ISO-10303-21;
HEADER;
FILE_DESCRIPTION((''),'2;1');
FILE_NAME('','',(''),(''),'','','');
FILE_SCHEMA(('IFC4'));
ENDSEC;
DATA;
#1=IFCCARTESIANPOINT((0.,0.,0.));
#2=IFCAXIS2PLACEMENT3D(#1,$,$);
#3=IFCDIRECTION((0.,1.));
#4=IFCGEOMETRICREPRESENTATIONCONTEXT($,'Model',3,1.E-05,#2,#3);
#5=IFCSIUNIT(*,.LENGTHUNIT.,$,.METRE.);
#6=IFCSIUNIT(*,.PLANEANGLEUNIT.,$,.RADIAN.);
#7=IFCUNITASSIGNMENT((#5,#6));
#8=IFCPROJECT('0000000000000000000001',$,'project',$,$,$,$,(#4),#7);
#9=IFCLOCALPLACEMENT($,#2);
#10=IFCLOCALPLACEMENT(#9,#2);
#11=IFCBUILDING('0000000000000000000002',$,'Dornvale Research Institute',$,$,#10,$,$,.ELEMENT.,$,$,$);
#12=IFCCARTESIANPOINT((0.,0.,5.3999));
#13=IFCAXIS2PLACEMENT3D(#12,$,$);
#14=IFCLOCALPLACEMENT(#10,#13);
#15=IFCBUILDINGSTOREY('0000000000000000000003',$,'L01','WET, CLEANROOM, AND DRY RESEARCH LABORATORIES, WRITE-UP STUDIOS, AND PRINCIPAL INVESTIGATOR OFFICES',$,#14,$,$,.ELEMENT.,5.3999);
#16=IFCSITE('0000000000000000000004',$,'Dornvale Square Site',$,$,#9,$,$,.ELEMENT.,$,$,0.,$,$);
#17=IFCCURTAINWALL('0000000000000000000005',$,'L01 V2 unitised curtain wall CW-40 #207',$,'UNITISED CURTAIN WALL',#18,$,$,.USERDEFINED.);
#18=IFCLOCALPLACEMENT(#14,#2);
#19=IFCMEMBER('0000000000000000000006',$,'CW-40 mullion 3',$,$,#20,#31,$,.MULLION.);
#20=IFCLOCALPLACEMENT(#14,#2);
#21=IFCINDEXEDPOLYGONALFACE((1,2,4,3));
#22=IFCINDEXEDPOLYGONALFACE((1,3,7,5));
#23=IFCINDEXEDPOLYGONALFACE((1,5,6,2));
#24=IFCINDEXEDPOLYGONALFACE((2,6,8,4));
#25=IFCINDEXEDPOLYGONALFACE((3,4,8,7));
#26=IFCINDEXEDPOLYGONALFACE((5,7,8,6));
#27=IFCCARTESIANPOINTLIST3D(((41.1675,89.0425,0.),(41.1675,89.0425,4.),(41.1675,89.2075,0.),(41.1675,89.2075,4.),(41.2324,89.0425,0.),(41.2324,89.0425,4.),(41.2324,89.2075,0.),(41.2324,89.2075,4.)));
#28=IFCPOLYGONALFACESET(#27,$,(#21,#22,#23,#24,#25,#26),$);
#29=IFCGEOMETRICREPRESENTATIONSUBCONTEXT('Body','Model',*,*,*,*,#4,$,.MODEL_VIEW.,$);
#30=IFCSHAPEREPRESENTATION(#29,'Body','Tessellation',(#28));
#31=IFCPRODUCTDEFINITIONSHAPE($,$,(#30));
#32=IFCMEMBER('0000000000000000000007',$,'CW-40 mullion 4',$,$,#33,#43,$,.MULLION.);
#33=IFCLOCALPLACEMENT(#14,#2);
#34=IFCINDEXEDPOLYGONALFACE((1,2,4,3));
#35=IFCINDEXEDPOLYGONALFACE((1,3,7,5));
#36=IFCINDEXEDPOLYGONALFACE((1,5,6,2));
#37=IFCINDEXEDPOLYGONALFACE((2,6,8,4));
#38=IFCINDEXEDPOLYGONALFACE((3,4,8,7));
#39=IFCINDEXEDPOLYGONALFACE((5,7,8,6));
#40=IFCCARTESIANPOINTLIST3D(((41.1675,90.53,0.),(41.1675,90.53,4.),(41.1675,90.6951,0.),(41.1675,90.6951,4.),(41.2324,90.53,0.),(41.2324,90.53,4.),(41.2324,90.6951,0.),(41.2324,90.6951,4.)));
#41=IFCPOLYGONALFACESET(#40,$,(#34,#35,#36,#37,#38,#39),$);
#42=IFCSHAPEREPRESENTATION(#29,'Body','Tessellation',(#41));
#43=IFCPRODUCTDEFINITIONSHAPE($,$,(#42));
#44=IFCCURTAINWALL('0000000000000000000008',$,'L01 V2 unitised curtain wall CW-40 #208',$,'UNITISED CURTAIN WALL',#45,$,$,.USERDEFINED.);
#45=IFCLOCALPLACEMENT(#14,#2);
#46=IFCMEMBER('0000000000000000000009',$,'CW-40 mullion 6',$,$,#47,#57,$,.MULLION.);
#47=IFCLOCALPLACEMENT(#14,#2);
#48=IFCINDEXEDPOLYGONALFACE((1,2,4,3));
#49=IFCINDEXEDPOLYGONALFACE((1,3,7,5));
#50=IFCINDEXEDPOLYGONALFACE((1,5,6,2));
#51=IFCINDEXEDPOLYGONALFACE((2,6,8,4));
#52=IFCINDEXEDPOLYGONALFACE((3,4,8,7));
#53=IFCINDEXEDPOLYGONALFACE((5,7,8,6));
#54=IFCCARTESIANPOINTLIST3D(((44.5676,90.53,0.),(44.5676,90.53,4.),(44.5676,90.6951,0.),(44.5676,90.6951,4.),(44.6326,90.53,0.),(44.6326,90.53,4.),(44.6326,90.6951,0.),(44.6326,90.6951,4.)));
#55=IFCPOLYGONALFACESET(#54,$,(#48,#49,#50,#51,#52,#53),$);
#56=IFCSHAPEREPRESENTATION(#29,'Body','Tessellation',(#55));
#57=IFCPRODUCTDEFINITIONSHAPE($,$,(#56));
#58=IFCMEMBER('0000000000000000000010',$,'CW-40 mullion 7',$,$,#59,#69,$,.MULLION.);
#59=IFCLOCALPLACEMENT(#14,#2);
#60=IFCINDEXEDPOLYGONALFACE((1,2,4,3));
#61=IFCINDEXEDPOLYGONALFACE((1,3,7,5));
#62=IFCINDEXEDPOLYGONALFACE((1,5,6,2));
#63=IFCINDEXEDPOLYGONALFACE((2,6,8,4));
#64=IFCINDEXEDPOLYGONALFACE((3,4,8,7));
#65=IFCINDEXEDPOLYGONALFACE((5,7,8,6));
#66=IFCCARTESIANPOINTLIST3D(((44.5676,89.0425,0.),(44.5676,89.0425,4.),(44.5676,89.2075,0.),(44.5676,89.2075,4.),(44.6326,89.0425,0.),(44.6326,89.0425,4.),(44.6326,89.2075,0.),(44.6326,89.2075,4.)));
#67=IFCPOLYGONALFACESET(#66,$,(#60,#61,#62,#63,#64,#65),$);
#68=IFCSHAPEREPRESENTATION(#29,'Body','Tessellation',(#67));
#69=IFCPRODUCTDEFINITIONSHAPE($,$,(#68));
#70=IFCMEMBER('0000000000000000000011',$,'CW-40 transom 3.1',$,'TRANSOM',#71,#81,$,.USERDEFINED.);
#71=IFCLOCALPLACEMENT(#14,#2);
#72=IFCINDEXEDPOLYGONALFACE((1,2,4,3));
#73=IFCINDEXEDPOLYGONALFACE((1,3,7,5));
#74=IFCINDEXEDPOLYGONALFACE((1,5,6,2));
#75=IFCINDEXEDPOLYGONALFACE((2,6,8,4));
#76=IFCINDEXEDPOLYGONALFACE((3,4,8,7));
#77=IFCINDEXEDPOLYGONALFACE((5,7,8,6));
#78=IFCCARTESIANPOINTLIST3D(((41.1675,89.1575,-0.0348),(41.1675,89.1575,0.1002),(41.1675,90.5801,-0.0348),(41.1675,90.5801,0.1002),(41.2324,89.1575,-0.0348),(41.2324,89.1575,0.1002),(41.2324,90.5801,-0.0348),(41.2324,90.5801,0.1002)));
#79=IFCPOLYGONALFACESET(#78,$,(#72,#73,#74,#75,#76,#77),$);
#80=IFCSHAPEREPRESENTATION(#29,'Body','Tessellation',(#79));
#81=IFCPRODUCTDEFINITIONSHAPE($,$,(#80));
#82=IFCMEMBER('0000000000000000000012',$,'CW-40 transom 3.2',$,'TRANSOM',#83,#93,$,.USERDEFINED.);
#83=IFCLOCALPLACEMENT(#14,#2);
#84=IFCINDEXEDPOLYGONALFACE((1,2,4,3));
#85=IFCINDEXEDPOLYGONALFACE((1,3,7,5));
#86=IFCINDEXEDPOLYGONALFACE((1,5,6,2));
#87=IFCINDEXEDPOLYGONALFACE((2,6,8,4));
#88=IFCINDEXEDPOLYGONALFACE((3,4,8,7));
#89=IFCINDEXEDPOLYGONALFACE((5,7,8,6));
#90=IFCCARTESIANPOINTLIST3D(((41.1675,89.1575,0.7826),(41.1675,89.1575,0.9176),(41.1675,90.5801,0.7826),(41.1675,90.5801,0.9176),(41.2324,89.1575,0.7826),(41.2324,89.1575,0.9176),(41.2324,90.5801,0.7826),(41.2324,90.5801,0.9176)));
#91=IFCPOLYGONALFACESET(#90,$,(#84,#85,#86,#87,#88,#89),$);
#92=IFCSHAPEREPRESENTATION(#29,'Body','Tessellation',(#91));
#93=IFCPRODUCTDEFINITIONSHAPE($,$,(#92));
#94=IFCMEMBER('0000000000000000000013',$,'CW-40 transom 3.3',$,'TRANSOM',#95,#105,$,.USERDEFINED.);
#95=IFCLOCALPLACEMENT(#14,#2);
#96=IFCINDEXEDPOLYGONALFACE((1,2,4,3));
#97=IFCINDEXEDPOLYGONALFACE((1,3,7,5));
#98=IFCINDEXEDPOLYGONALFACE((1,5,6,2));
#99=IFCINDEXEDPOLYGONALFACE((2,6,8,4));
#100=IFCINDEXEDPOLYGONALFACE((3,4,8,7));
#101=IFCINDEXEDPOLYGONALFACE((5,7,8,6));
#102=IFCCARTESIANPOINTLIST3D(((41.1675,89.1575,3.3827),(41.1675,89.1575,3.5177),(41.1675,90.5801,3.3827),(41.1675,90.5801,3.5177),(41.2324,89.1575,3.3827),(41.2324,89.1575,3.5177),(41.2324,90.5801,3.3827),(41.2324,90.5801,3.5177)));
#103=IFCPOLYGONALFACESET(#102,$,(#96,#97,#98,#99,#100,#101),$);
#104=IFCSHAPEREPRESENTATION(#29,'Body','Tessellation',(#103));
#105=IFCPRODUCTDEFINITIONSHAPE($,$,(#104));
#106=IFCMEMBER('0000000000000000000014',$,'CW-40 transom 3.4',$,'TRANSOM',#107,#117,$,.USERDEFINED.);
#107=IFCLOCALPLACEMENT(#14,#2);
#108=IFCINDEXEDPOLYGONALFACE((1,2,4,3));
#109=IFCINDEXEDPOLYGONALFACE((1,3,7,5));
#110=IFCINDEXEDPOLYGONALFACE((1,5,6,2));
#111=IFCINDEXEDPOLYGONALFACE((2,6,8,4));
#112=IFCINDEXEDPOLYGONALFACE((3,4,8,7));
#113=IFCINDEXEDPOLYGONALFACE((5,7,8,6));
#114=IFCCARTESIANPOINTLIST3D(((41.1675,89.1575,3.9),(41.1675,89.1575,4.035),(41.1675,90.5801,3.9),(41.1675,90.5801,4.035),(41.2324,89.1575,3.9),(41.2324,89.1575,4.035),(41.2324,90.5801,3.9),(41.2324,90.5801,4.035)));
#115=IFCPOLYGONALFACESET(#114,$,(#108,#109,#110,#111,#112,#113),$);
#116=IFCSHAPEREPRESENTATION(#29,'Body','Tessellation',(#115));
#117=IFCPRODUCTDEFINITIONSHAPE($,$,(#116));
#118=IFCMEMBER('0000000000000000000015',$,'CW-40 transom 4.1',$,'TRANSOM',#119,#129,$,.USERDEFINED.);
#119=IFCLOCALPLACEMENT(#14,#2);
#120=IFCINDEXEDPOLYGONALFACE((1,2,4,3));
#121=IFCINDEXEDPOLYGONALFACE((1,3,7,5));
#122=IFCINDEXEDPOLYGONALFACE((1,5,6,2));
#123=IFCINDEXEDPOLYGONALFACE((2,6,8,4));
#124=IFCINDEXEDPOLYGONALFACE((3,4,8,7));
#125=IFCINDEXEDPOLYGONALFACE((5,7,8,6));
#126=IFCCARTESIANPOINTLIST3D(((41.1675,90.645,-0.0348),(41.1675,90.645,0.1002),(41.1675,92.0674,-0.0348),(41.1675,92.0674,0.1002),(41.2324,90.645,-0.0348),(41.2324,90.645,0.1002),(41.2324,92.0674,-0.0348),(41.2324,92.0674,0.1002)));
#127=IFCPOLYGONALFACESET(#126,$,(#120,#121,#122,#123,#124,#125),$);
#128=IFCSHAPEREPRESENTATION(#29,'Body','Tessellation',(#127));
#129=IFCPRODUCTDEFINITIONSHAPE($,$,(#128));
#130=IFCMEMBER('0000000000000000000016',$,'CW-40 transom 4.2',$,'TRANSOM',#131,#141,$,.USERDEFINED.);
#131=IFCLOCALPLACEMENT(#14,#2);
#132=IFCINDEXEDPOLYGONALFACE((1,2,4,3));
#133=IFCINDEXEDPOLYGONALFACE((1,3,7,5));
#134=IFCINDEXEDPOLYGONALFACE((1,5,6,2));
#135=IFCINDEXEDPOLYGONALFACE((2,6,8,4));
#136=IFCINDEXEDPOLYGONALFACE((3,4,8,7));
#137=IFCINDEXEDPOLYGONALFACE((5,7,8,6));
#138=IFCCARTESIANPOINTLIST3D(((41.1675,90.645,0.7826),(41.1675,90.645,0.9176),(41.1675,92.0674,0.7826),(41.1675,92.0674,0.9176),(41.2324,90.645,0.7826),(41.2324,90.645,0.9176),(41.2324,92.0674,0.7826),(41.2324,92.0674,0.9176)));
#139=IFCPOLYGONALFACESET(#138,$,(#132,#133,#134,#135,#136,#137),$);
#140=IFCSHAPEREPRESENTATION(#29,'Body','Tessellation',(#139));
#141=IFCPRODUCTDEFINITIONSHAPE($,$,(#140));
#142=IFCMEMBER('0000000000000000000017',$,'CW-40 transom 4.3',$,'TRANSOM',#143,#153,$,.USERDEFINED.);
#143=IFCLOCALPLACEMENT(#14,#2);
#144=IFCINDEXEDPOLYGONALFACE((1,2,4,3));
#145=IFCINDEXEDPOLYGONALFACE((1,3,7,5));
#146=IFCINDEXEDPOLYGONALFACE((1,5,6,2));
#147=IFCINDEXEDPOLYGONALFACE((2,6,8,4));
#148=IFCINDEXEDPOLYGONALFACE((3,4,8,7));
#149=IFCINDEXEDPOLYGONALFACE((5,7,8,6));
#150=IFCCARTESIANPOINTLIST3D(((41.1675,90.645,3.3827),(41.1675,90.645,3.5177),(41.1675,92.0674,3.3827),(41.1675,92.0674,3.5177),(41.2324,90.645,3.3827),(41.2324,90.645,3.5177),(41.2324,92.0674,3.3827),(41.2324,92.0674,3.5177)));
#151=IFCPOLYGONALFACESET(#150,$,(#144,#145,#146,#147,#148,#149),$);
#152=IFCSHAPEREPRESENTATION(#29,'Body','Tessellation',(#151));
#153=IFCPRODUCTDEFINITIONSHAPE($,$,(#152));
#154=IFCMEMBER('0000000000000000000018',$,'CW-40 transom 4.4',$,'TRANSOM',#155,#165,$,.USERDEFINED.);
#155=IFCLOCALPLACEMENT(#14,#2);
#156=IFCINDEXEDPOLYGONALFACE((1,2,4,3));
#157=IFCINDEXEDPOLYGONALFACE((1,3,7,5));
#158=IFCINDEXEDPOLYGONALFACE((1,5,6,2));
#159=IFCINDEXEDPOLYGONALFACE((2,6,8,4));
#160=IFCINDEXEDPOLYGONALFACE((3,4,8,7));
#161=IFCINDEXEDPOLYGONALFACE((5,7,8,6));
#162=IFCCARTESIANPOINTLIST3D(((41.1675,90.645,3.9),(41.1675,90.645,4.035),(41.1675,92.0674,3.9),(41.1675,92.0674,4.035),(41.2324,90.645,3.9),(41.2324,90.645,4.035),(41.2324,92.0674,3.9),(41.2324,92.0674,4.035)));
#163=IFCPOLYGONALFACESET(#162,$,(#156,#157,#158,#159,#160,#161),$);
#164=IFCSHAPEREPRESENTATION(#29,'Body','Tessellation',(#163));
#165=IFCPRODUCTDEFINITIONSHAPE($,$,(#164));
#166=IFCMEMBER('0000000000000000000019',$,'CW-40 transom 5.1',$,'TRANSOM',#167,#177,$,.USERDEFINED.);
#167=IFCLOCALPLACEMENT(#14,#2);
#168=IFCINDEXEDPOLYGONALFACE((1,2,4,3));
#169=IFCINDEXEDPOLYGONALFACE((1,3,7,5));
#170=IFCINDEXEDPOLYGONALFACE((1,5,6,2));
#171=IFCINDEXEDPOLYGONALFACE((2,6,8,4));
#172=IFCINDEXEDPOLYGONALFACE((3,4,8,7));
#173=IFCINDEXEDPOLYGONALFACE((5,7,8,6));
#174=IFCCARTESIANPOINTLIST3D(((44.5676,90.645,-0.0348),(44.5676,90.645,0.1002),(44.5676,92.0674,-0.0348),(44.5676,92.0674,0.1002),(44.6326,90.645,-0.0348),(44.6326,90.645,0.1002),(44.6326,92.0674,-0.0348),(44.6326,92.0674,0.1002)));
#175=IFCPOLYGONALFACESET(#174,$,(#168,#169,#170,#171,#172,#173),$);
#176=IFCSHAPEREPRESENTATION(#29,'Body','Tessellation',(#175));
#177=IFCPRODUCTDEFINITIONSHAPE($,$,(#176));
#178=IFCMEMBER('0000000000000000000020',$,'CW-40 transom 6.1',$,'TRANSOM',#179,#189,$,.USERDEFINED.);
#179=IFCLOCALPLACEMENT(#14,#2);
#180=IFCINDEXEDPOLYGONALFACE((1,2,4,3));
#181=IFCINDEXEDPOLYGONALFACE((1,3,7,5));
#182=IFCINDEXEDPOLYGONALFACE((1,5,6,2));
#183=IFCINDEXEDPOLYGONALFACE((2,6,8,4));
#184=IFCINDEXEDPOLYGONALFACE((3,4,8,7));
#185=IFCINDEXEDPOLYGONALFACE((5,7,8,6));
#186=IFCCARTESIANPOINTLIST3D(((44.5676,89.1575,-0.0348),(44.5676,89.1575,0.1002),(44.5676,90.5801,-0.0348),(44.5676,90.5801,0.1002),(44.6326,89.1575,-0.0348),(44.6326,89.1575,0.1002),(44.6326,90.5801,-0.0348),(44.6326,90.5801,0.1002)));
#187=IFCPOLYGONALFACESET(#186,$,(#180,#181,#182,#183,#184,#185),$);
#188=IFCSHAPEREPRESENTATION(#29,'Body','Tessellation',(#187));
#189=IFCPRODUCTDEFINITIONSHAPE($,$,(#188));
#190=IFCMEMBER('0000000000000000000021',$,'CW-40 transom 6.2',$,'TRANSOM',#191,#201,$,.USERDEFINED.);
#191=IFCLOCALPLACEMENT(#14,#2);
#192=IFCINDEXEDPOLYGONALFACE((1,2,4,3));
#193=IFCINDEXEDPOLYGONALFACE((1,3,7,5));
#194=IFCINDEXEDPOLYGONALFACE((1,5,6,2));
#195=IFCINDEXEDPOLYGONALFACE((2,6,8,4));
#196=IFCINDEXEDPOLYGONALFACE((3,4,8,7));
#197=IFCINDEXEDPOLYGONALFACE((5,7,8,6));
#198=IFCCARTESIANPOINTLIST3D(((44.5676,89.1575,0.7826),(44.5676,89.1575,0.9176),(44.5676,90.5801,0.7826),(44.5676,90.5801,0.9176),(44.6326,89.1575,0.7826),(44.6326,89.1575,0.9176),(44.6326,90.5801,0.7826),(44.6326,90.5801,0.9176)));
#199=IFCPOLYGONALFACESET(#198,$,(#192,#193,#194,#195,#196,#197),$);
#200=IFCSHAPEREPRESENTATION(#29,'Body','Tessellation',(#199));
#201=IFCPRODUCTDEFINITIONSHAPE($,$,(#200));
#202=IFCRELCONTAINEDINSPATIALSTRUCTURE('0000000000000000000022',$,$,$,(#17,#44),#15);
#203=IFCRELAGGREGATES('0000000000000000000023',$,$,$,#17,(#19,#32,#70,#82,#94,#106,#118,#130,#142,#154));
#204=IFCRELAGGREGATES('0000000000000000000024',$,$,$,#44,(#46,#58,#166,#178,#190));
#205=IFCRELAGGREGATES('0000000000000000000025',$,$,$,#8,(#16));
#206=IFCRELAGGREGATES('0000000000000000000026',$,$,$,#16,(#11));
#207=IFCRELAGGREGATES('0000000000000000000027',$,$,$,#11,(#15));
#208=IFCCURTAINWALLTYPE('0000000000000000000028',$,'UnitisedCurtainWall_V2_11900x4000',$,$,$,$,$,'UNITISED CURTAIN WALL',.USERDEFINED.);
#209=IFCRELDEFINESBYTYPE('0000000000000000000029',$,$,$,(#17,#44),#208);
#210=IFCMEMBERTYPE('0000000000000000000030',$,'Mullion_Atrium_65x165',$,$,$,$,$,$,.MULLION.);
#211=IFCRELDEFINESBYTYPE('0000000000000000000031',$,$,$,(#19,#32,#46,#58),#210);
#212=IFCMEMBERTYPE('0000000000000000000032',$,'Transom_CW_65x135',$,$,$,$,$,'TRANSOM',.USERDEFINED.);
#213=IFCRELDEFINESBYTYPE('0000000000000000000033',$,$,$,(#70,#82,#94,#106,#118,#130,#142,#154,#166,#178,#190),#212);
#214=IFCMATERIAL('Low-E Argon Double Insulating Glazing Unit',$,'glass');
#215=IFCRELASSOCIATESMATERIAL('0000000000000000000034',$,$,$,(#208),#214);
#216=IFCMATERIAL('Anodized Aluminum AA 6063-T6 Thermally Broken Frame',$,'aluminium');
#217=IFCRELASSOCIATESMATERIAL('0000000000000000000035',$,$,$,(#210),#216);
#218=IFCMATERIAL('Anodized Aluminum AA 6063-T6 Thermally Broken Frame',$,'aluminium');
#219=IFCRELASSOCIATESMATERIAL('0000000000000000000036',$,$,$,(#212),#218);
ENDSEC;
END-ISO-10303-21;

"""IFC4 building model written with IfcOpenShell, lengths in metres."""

from ifc_helpers import new_model, si_unit, direction, frame, origin, origin_2d, place, context, subcontext, project, spatial, rectangle, extrude, material, material_profile, profile_set, type_object, element, aggregate, save


model = new_model("IFC4")

# Units and contexts
model_context = context("Model", 3, precision=1e-05, world=origin(), true_north=direction((0.0, 1.0)))
body_context = subcontext(model_context, "Body", "Model", "MODEL_VIEW")
ifc_project = project(units=[si_unit("LENGTHUNIT", "METRE"), si_unit("PLANEANGLEUNIT", "RADIAN")], contexts=[model_context])

# Site, building, storey
site_placement = place(None, origin())
site = spatial("IfcSite", under=ifc_project, at=site_placement, Name="Dornvale Square Site", CompositionType="ELEMENT", RefElevation=0.0)
building_placement = place(site_placement, origin())
building = spatial("IfcBuilding", under=site, at=building_placement, Name="Dornvale Research Institute", CompositionType="ELEMENT")
storey_placement = place(building_placement, frame((0.0, 0.0, 5.3999)))
storey = spatial("IfcBuildingStorey", under=building, at=storey_placement, Name="L01", Description="WET, CLEANROOM, AND DRY RESEARCH LABORATORIES, WRITE-UP STUDIOS, AND PRINCIPAL INVESTIGATOR OFFICES", CompositionType="ELEMENT", Elevation=5.3999)

# Curtain walls, members
ifc_material_1 = material(Name="Low-E Argon Double Insulating Glazing Unit", Category="glass")
curtain_wall_type = type_object("IfcCurtainWallType", Name="UnitisedCurtainWall_V2_11900x4000", ElementType="UNITISED CURTAIN WALL", PredefinedType="USERDEFINED", material=ifc_material_1)
curtain_wall_1_placement = place(storey_placement, origin())
curtain_wall_1 = element("IfcCurtainWall", 1, at=curtain_wall_1_placement, inside=storey, type_object=curtain_wall_type, Name="L01 V2 unitised curtain wall CW-40 #207", ObjectType="UNITISED CURTAIN WALL", PredefinedType="USERDEFINED")
ifc_material_2 = material(Name="Anodized Aluminum AA 6063-T6 Thermally Broken Frame", Category="aluminium")
ifc_material_profile_1 = material_profile(ifc_material_2, rectangle(XDim=0.0649, YDim=0.165, at=origin_2d()), Name="ALU MULLION 65x165")
ifc_profile_set_1 = profile_set([ifc_material_profile_1], Name="Anodized Aluminum AA 6063-T6 Thermally Broken Frame")
member_type_1 = type_object("IfcMemberType", Name="Mullion_Atrium_65x165", PredefinedType="MULLION", material=ifc_profile_set_1)
member_1_placement = place(storey_placement, frame((41.2, 89.125, 0.0), z_axis=(0.0, 0.0, 1.0), x_axis=(-1.0, 0.0, 0.0)))
member_1 = element("IfcMember", 2, at=member_1_placement, type_object=member_type_1, Name="CW-40 mullion 3", PredefinedType="MULLION", context=body_context, shape_type="SweptSolid", body=[
    extrude(rectangle(XDim=0.0649, YDim=0.165, at=origin_2d()), origin(), (0.0, 0.0, 1.0), 4.0),
])
member_2_placement = place(storey_placement, frame((41.2, 90.6125, 0.0), z_axis=(0.0, 0.0, 1.0), x_axis=(-1.0, 0.0, 0.0)))
member_2 = element("IfcMember", 3, at=member_2_placement, type_object=member_type_1, Name="CW-40 mullion 4", PredefinedType="MULLION", context=body_context, shape_type="SweptSolid", body=[
    extrude(rectangle(XDim=0.0649, YDim=0.165, at=origin_2d()), origin(), (0.0, 0.0, 1.0), 4.0),
])
curtain_wall_2_placement = place(storey_placement, origin())
curtain_wall_2 = element("IfcCurtainWall", 4, at=curtain_wall_2_placement, inside=storey, type_object=curtain_wall_type, Name="L01 V2 unitised curtain wall CW-40 #208", ObjectType="UNITISED CURTAIN WALL", PredefinedType="USERDEFINED")
member_3_placement = place(storey_placement, frame((44.6001, 90.6125, 0.0), z_axis=(0.0, 0.0, 1.0), x_axis=(1.0, 0.0, 0.0)))
member_3 = element("IfcMember", 5, at=member_3_placement, type_object=member_type_1, Name="CW-40 mullion 6", PredefinedType="MULLION", context=body_context, shape_type="SweptSolid", body=[
    extrude(rectangle(XDim=0.0649, YDim=0.165, at=origin_2d()), origin(), (0.0, 0.0, 1.0), 4.0),
])
member_4_placement = place(storey_placement, frame((44.6001, 89.125, 0.0), z_axis=(0.0, 0.0, 1.0), x_axis=(1.0, 0.0, 0.0)))
member_4 = element("IfcMember", 6, at=member_4_placement, type_object=member_type_1, Name="CW-40 mullion 7", PredefinedType="MULLION", context=body_context, shape_type="SweptSolid", body=[
    extrude(rectangle(XDim=0.0649, YDim=0.165, at=origin_2d()), origin(), (0.0, 0.0, 1.0), 4.0),
])

# Members
ifc_material_3 = material(Name="Anodized Aluminum AA 6063-T6 Thermally Broken Frame", Category="aluminium")
ifc_material_profile_2 = material_profile(ifc_material_3, rectangle(XDim=0.0649, YDim=0.135, at=origin_2d()), Name="ALU TRANSOM 65x135")
ifc_profile_set_2 = profile_set([ifc_material_profile_2], Name="Anodized Aluminum AA 6063-T6 Thermally Broken Frame")
member_type_2 = type_object("IfcMemberType", Name="Transom_CW_65x135", ElementType="TRANSOM", PredefinedType="USERDEFINED", material=ifc_profile_set_2)
member_5_placement = place(storey_placement, frame((41.2, 89.1575, 0.0327), z_axis=(0.0, 1.0, 0.0), x_axis=(-1.0, 0.0, 0.0)))
member_5 = element("IfcMember", 7, at=member_5_placement, type_object=member_type_2, Name="CW-40 transom 3.1", ObjectType="TRANSOM", PredefinedType="USERDEFINED", context=body_context, shape_type="SweptSolid", body=[
    extrude(rectangle(XDim=0.0649, YDim=0.135, at=origin_2d()), origin(), (0.0, 0.0, 1.0), 1.4226),
])
member_6_placement = place(storey_placement, frame((41.2, 89.1575, 0.8501), z_axis=(0.0, 1.0, 0.0), x_axis=(-1.0, 0.0, 0.0)))
member_6 = element("IfcMember", 8, at=member_6_placement, type_object=member_type_2, Name="CW-40 transom 3.2", ObjectType="TRANSOM", PredefinedType="USERDEFINED", context=body_context, shape_type="SweptSolid", body=[
    extrude(rectangle(XDim=0.0649, YDim=0.135, at=origin_2d()), origin(), (0.0, 0.0, 1.0), 1.4226),
])
member_7_placement = place(storey_placement, frame((41.2, 89.1575, 3.4502), z_axis=(0.0, 1.0, 0.0), x_axis=(-1.0, 0.0, 0.0)))
member_7 = element("IfcMember", 9, at=member_7_placement, type_object=member_type_2, Name="CW-40 transom 3.3", ObjectType="TRANSOM", PredefinedType="USERDEFINED", context=body_context, shape_type="SweptSolid", body=[
    extrude(rectangle(XDim=0.0649, YDim=0.135, at=origin_2d()), origin(), (0.0, 0.0, 1.0), 1.4226),
])
member_8_placement = place(storey_placement, frame((41.2, 89.1575, 3.9675), z_axis=(0.0, 1.0, 0.0), x_axis=(-1.0, 0.0, 0.0)))
member_8 = element("IfcMember", 10, at=member_8_placement, type_object=member_type_2, Name="CW-40 transom 3.4", ObjectType="TRANSOM", PredefinedType="USERDEFINED", context=body_context, shape_type="SweptSolid", body=[
    extrude(rectangle(XDim=0.0649, YDim=0.135, at=origin_2d()), origin(), (0.0, 0.0, 1.0), 1.4226),
])
member_9_placement = place(storey_placement, frame((41.2, 90.645, 0.0327), z_axis=(0.0, 1.0, 0.0), x_axis=(-1.0, 0.0, 0.0)))
member_9 = element("IfcMember", 11, at=member_9_placement, type_object=member_type_2, Name="CW-40 transom 4.1", ObjectType="TRANSOM", PredefinedType="USERDEFINED", context=body_context, shape_type="SweptSolid", body=[
    extrude(rectangle(XDim=0.0649, YDim=0.135, at=origin_2d()), origin(), (0.0, 0.0, 1.0), 1.4224),
])
member_10_placement = place(storey_placement, frame((41.2, 90.645, 0.8501), z_axis=(0.0, 1.0, 0.0), x_axis=(-1.0, 0.0, 0.0)))
member_10 = element("IfcMember", 12, at=member_10_placement, type_object=member_type_2, Name="CW-40 transom 4.2", ObjectType="TRANSOM", PredefinedType="USERDEFINED", context=body_context, shape_type="SweptSolid", body=[
    extrude(rectangle(XDim=0.0649, YDim=0.135, at=origin_2d()), origin(), (0.0, 0.0, 1.0), 1.4224),
])
member_11_placement = place(storey_placement, frame((41.2, 90.645, 3.4502), z_axis=(0.0, 1.0, 0.0), x_axis=(-1.0, 0.0, 0.0)))
member_11 = element("IfcMember", 13, at=member_11_placement, type_object=member_type_2, Name="CW-40 transom 4.3", ObjectType="TRANSOM", PredefinedType="USERDEFINED", context=body_context, shape_type="SweptSolid", body=[
    extrude(rectangle(XDim=0.0649, YDim=0.135, at=origin_2d()), origin(), (0.0, 0.0, 1.0), 1.4224),
])
member_12_placement = place(storey_placement, frame((41.2, 90.645, 3.9675), z_axis=(0.0, 1.0, 0.0), x_axis=(-1.0, 0.0, 0.0)))
member_12 = element("IfcMember", 14, at=member_12_placement, type_object=member_type_2, Name="CW-40 transom 4.4", ObjectType="TRANSOM", PredefinedType="USERDEFINED", context=body_context, shape_type="SweptSolid", body=[
    extrude(rectangle(XDim=0.0649, YDim=0.135, at=origin_2d()), origin(), (0.0, 0.0, 1.0), 1.4224),
])
member_13_placement = place(storey_placement, frame((44.6001, 92.0674, 0.0327), z_axis=(0.0, -1.0, 0.0), x_axis=(1.0, 0.0, 0.0)))
member_13 = element("IfcMember", 15, at=member_13_placement, type_object=member_type_2, Name="CW-40 transom 5.1", ObjectType="TRANSOM", PredefinedType="USERDEFINED", context=body_context, shape_type="SweptSolid", body=[
    extrude(rectangle(XDim=0.0649, YDim=0.135, at=origin_2d()), origin(), (0.0, 0.0, 1.0), 1.4224),
])
member_14_placement = place(storey_placement, frame((44.6001, 90.5801, 0.0327), z_axis=(0.0, -1.0, 0.0), x_axis=(1.0, 0.0, 0.0)))
member_14 = element("IfcMember", 16, at=member_14_placement, type_object=member_type_2, Name="CW-40 transom 6.1", ObjectType="TRANSOM", PredefinedType="USERDEFINED", context=body_context, shape_type="SweptSolid", body=[
    extrude(rectangle(XDim=0.0649, YDim=0.135, at=origin_2d()), origin(), (0.0, 0.0, 1.0), 1.4226),
])
member_15_placement = place(storey_placement, frame((44.6001, 90.5801, 0.8501), z_axis=(0.0, -1.0, 0.0), x_axis=(1.0, 0.0, 0.0)))
member_15 = element("IfcMember", 17, at=member_15_placement, type_object=member_type_2, Name="CW-40 transom 6.2", ObjectType="TRANSOM", PredefinedType="USERDEFINED", context=body_context, shape_type="SweptSolid", body=[
    extrude(rectangle(XDim=0.0649, YDim=0.135, at=origin_2d()), origin(), (0.0, 0.0, 1.0), 1.4226),
])

aggregate(curtain_wall_1, [member_1, member_2, member_5, member_6, member_7, member_8, member_9, member_10, member_11, member_12])
aggregate(curtain_wall_2, [member_3, member_4, member_13, member_14, member_15])

save(model, "model.ifc")
